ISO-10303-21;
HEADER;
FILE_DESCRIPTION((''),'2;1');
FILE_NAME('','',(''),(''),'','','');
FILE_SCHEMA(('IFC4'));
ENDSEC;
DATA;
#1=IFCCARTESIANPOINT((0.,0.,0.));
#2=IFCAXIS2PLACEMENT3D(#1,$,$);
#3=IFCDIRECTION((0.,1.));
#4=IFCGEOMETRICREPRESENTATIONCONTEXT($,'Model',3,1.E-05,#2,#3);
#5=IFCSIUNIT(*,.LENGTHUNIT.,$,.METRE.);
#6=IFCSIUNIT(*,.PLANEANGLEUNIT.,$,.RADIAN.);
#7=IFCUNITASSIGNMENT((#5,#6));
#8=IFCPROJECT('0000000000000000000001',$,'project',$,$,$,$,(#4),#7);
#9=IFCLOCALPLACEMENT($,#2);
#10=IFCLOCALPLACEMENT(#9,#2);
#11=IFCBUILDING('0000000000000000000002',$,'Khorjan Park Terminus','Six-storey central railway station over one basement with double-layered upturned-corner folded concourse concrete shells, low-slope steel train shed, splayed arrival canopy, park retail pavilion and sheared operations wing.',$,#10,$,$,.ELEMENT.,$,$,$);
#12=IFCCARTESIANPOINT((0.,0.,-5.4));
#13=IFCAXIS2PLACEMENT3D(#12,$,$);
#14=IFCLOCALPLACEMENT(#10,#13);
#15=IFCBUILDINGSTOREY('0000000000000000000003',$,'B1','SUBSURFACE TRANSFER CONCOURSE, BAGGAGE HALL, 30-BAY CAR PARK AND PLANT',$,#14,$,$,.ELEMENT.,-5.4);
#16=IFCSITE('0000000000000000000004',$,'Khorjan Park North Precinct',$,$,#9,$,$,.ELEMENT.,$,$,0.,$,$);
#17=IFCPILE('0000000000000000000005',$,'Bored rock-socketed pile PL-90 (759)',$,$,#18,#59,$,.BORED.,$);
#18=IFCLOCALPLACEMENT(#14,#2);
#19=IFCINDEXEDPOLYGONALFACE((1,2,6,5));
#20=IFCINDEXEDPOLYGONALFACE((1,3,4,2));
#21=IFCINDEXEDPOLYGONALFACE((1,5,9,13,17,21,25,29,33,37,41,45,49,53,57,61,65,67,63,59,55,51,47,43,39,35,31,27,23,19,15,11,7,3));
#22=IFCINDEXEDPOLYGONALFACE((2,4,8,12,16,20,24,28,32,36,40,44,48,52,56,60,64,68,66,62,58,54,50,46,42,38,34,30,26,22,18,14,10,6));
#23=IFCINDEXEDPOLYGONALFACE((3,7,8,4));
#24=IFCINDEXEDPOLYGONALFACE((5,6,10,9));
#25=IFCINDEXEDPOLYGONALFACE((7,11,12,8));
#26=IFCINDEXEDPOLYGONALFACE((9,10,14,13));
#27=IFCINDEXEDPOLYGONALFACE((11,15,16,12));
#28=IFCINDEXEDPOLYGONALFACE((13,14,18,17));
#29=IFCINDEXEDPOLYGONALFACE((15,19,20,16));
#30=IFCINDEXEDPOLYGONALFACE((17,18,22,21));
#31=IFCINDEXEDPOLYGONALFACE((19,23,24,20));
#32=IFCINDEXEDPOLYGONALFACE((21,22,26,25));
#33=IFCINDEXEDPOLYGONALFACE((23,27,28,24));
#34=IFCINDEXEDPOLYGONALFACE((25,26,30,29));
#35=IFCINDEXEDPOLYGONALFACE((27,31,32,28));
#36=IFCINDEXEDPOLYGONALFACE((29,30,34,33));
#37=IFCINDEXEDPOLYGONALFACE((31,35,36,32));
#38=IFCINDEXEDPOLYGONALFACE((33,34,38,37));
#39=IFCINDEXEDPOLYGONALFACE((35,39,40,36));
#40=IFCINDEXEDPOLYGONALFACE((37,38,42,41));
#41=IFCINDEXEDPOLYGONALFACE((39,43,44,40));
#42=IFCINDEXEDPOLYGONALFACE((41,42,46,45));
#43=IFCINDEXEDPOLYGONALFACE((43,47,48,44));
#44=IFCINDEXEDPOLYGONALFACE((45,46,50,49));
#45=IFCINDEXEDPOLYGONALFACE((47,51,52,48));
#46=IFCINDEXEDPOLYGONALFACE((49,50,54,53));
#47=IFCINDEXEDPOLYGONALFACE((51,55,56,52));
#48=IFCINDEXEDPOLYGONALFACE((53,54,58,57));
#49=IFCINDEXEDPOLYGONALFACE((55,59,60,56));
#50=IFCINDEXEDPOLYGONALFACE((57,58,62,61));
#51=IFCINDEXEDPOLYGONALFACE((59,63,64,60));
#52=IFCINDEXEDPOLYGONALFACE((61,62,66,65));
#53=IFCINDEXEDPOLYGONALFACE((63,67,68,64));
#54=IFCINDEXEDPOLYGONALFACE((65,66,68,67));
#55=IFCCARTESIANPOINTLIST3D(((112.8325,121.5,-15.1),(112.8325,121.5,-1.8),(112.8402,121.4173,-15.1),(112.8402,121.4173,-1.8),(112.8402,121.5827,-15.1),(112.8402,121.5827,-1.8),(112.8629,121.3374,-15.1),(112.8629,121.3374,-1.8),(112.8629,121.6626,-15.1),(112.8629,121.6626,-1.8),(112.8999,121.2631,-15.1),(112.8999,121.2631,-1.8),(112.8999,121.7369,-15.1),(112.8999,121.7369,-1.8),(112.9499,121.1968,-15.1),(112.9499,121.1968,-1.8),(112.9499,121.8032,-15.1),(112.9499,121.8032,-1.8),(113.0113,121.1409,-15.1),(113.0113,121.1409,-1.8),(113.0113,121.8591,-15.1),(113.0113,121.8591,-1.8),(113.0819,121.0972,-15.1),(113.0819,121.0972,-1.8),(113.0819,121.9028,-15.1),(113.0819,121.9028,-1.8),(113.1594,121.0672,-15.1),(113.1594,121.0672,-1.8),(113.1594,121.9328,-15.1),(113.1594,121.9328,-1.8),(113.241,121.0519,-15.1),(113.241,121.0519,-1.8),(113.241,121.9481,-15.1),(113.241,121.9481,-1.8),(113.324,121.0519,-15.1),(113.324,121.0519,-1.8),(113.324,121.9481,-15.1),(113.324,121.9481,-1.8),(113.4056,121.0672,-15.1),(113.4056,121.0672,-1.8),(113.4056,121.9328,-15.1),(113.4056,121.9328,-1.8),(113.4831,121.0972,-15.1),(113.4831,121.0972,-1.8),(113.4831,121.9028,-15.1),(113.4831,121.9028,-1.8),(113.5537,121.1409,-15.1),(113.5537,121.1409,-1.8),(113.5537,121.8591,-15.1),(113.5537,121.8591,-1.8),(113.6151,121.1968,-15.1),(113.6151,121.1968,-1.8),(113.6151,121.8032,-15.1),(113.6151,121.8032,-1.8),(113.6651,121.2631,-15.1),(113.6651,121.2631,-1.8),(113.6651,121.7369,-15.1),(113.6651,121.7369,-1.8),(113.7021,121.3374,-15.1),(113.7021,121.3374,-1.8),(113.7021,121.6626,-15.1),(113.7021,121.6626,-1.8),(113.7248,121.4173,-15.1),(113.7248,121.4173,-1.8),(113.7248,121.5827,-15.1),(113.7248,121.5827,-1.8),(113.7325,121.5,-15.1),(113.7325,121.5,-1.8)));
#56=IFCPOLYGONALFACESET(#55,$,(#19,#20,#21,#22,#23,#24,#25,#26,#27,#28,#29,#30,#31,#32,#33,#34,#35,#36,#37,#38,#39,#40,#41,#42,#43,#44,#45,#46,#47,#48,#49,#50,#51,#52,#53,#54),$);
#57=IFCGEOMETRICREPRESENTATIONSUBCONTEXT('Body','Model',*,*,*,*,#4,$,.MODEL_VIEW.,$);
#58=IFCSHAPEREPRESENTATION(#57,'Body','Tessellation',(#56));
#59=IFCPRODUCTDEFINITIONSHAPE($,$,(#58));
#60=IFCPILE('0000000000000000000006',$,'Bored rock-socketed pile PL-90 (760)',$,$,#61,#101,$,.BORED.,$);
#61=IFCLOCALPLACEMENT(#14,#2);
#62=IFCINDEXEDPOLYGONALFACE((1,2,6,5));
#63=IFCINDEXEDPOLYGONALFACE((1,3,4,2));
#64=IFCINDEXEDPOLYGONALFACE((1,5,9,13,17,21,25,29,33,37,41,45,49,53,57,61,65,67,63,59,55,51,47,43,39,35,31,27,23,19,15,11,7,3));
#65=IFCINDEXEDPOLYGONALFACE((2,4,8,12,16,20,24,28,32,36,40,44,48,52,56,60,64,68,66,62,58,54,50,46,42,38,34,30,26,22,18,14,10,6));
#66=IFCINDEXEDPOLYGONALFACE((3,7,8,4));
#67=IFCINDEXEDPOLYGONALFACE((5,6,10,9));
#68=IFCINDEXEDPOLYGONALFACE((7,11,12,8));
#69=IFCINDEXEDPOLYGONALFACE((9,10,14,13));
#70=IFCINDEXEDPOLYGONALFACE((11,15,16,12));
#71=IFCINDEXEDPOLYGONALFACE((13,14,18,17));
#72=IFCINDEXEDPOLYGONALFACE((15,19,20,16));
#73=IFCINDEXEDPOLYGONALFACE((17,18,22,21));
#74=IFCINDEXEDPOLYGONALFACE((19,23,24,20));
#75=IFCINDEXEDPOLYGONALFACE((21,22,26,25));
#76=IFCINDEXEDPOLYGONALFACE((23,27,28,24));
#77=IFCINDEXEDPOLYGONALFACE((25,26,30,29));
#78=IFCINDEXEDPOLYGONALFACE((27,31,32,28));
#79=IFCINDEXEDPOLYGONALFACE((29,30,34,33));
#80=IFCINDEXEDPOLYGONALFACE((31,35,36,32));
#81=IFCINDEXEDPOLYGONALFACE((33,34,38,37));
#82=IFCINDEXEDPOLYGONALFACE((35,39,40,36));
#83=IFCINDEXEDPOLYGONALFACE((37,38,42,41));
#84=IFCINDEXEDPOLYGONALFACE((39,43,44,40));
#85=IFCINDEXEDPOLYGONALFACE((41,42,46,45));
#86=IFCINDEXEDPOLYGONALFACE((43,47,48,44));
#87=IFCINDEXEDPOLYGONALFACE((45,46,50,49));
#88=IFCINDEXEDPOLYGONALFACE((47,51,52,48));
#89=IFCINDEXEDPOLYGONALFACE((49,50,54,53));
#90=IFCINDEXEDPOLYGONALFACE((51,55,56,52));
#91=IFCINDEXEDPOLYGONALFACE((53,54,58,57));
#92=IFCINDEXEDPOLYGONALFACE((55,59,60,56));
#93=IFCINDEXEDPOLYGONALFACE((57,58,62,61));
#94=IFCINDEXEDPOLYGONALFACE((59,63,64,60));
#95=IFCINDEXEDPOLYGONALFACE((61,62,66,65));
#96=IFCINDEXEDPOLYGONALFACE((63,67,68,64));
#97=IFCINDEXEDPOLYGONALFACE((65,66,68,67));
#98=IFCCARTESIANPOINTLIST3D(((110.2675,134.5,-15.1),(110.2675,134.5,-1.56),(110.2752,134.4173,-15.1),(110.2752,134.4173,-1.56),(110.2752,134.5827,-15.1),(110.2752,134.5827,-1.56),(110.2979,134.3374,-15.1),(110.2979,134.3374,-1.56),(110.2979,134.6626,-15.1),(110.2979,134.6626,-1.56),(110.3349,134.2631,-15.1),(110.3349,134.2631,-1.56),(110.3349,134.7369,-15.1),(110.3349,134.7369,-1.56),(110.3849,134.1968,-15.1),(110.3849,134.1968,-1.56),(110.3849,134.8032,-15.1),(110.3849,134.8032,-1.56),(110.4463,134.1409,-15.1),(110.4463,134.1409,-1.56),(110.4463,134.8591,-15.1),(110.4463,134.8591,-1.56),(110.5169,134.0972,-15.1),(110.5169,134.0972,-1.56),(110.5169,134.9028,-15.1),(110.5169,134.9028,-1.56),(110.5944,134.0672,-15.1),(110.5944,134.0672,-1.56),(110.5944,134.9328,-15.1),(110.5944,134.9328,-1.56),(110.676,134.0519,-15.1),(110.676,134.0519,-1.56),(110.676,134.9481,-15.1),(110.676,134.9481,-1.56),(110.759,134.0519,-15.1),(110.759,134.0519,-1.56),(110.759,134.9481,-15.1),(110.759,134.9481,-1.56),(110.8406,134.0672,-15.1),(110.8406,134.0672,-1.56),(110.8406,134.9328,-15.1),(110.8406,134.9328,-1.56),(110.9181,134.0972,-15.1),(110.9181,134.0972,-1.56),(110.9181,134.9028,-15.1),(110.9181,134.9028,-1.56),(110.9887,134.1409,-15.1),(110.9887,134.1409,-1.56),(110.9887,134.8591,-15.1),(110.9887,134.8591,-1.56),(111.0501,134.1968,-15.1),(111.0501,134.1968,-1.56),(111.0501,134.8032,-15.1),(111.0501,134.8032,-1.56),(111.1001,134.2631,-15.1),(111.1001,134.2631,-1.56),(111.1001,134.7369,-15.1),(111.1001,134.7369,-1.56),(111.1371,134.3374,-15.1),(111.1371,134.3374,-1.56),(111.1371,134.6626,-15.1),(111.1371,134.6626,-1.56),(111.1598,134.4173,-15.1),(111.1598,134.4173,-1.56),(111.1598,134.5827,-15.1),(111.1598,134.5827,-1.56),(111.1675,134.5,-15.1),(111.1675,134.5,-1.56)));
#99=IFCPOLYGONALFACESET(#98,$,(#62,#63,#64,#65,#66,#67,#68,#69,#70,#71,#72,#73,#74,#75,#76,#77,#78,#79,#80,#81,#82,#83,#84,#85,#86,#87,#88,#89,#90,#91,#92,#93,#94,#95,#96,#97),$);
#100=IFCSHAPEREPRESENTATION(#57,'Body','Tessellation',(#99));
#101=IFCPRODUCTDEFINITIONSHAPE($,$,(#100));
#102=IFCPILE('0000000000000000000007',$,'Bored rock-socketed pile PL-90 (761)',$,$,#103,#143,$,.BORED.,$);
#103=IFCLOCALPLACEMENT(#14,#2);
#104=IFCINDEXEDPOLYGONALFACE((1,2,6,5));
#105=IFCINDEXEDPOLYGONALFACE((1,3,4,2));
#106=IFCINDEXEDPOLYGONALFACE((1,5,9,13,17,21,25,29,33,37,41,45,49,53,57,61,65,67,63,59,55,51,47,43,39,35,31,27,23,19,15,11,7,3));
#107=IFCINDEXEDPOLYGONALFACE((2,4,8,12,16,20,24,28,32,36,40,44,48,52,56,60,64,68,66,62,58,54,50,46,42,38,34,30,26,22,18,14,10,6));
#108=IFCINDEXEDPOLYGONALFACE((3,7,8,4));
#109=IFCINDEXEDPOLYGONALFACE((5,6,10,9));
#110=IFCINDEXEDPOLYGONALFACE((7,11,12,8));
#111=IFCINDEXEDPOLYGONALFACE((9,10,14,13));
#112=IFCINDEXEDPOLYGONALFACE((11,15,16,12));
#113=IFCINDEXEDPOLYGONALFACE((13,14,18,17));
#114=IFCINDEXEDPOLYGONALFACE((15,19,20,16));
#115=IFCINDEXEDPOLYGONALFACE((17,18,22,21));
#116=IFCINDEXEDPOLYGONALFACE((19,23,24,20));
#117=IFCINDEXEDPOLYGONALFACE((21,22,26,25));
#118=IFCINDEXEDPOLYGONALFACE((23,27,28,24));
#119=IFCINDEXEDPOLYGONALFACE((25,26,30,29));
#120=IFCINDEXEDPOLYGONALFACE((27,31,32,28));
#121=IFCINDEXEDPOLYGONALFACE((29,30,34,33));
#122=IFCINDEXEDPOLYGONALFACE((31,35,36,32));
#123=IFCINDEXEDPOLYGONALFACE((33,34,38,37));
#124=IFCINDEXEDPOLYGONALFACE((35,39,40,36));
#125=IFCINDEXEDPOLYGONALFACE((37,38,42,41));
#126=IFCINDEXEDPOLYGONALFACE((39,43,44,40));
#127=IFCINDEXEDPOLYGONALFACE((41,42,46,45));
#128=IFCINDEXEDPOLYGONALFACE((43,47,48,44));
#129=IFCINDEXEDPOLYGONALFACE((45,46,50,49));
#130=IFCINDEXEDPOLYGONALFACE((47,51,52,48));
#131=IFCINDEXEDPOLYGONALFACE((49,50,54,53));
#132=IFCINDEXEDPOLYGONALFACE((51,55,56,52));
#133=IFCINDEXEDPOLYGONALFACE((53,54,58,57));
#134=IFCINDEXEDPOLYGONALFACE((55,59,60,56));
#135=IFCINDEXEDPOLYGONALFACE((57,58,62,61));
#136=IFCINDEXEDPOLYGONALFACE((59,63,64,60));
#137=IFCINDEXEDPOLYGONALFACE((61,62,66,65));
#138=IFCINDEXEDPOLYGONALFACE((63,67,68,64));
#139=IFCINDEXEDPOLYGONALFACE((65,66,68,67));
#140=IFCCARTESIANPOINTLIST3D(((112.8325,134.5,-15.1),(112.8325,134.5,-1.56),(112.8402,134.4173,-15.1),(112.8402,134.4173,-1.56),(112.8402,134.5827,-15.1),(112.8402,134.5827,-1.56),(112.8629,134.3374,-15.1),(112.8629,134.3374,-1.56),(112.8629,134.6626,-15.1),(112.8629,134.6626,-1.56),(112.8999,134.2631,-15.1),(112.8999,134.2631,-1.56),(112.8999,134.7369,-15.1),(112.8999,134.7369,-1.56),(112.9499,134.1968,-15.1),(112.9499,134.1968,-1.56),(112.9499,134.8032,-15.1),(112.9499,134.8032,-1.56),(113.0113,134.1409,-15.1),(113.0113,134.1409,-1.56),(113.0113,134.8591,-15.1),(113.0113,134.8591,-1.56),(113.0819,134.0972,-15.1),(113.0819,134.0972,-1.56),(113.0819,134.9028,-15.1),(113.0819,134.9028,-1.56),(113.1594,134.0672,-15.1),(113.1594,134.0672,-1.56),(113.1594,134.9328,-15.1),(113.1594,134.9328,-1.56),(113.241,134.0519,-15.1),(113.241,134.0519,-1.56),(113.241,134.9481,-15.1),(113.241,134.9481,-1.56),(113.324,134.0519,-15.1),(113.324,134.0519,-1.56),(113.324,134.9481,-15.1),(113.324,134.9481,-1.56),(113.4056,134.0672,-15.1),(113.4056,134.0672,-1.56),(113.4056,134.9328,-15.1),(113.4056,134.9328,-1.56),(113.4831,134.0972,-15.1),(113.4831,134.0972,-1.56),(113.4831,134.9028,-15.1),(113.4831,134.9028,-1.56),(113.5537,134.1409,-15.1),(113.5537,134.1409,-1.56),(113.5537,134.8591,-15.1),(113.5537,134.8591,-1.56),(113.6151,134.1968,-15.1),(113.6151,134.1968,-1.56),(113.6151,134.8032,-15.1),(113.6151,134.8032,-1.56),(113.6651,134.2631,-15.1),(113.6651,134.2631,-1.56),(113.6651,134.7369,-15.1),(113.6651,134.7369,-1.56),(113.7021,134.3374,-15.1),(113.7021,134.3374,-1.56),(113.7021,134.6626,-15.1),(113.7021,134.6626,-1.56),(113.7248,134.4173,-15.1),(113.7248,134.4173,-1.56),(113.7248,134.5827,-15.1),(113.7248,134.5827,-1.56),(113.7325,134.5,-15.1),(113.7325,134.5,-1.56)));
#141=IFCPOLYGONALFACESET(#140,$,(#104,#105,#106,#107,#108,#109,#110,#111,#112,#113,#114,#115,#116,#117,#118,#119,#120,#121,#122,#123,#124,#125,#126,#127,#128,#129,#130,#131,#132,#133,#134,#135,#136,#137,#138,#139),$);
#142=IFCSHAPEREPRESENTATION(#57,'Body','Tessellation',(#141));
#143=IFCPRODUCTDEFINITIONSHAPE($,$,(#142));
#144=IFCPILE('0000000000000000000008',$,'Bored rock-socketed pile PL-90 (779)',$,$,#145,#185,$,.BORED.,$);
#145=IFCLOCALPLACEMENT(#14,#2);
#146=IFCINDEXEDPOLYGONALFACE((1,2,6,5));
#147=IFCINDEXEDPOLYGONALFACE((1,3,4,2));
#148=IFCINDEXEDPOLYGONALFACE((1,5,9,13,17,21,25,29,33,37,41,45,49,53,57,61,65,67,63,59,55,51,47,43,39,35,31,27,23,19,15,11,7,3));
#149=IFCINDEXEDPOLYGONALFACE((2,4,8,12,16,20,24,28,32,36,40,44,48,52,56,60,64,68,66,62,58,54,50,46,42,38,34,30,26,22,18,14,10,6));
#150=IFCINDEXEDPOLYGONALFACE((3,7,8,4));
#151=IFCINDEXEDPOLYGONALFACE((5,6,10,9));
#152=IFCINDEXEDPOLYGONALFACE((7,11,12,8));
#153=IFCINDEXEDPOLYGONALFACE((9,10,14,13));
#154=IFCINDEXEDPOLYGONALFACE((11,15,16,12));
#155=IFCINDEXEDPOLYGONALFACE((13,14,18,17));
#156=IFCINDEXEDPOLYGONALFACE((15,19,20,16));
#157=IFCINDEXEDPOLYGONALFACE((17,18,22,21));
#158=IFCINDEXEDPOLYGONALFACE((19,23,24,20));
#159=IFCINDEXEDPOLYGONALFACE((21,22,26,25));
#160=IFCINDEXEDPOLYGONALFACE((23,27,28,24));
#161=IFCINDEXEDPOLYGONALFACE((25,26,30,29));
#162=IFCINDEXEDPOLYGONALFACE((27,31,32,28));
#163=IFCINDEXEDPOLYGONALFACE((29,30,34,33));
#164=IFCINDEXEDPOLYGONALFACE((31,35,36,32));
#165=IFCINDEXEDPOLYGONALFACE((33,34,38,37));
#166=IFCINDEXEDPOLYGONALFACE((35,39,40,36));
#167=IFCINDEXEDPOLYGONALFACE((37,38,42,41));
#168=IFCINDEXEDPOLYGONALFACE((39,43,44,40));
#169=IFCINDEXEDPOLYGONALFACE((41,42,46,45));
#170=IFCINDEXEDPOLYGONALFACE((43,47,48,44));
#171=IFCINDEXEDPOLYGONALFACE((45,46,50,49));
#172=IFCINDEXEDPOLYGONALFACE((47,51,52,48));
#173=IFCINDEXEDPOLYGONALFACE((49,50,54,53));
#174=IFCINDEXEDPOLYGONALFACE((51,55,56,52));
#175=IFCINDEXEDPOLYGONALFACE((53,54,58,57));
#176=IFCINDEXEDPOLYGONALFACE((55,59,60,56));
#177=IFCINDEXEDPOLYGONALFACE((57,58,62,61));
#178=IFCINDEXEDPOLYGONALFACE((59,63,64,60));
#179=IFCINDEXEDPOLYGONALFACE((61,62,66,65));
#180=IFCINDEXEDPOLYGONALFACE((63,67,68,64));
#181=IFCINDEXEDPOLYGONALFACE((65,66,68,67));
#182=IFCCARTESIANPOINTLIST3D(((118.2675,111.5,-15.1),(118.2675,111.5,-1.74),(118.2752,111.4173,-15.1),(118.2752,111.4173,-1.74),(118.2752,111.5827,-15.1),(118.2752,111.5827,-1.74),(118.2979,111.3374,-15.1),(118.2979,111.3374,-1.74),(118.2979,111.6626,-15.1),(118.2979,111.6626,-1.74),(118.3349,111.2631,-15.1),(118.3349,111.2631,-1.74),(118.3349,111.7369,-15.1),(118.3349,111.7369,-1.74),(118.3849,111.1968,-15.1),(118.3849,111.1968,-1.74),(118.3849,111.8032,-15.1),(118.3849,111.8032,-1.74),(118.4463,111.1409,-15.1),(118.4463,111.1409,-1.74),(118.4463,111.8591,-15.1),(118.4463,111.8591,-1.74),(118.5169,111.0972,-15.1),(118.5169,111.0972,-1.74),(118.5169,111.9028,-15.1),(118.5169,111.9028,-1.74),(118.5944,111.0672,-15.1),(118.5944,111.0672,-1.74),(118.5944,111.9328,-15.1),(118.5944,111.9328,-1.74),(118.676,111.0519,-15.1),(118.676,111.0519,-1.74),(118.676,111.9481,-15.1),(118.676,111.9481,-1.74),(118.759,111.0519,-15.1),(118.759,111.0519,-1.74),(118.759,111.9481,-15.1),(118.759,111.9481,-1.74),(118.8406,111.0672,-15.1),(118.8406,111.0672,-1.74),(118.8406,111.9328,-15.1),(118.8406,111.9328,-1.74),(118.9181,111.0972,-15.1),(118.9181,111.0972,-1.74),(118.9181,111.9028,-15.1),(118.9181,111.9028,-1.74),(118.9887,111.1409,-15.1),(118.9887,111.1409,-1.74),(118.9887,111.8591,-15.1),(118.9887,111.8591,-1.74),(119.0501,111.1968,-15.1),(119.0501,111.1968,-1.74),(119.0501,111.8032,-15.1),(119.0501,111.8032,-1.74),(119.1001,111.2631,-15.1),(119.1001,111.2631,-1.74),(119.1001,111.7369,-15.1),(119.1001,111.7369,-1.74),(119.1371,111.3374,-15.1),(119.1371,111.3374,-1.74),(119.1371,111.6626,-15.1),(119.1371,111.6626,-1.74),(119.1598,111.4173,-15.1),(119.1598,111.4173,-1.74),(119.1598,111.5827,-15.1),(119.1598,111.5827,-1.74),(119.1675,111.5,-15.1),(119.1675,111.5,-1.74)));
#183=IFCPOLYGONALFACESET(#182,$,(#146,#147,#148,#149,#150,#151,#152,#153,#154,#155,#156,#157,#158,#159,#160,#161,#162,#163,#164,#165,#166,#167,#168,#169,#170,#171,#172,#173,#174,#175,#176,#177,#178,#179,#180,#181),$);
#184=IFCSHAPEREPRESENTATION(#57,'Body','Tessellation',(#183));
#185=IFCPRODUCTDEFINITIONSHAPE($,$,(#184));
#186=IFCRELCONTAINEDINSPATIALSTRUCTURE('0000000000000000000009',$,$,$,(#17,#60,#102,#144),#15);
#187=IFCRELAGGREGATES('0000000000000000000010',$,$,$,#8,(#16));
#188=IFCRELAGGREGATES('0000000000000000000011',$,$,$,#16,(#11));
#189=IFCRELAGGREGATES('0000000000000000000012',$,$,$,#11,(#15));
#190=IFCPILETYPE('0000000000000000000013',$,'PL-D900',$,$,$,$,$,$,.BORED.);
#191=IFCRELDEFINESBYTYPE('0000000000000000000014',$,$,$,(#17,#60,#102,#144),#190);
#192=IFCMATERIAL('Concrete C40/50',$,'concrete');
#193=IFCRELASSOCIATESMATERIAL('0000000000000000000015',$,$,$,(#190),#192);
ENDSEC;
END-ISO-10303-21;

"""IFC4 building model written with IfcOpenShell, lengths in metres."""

from ifc_helpers import new_model, si_unit, direction, frame, origin, origin_2d, place, context, subcontext, project, spatial, circle, extrude, material, material_profile, profile_set, type_object, element, save


model = new_model("IFC4")

# Units and contexts
model_context = context("Model", 3, precision=1e-05, world=origin(), true_north=direction((0.0, 1.0)))
body_context = subcontext(model_context, "Body", "Model", "MODEL_VIEW")
ifc_project = project(units=[si_unit("LENGTHUNIT", "METRE"), si_unit("PLANEANGLEUNIT", "RADIAN")], contexts=[model_context])

# Site, building, storey
site_placement = place(None, origin())
site = spatial("IfcSite", under=ifc_project, at=site_placement, Name="Khorjan Park North Precinct", CompositionType="ELEMENT", RefElevation=0.0)
building_placement = place(site_placement, origin())
building = spatial("IfcBuilding", under=site, at=building_placement, Name="Khorjan Park Terminus", Description="Six-storey central railway station over one basement with double-layered upturned-corner folded concourse concrete shells, low-slope steel train shed, splayed arrival canopy, park retail pavilion and sheared operations wing.", CompositionType="ELEMENT")
storey_placement = place(building_placement, frame((0.0, 0.0, -5.4)))
storey = spatial("IfcBuildingStorey", under=building, at=storey_placement, Name="B1", Description="SUBSURFACE TRANSFER CONCOURSE, BAGGAGE HALL, 30-BAY CAR PARK AND PLANT", CompositionType="ELEMENT", Elevation=-5.4)

# Shared definitions
ifc_material_1 = material(Name="Concrete C40/50", Category="concrete")

# Piles
ifc_material_profile_1 = material_profile(ifc_material_1, circle(Radius=0.45, at=origin_2d()), Name="BORED D900")
ifc_profile_set_1 = profile_set([ifc_material_profile_1], Name="Concrete C40/50")
pile_type_1 = type_object("IfcPileType", Name="PL-D900", PredefinedType="BORED", material=ifc_profile_set_1)
for number, where, z_axis, x_axis, name in (
    (1, (113.2825, 121.5, -1.8), (0.0, 0.0, -1.0), (1.0, 0.0, 0.0), "Bored rock-socketed pile PL-90 (759)"),
):
    element("IfcPile", number, at=place(storey_placement, frame(where, z_axis=z_axis, x_axis=x_axis)), inside=storey, type_object=pile_type_1, Name=name, PredefinedType="BORED", context=body_context, shape_type="SweptSolid", body=[
        extrude(circle(Radius=0.45, at=origin_2d()), origin(), (0.0, 0.0, 1.0), 13.3),
    ])
for number, where, z_axis, x_axis, name in (
    (2, (110.7175, 134.5, -1.56), (0.0, 0.0, -1.0), (1.0, 0.0, 0.0), "Bored rock-socketed pile PL-90 (760)"),
    (3, (113.2825, 134.5, -1.56), (0.0, 0.0, -1.0), (1.0, 0.0, 0.0), "Bored rock-socketed pile PL-90 (761)"),
):
    element("IfcPile", number, at=place(storey_placement, frame(where, z_axis=z_axis, x_axis=x_axis)), inside=storey, type_object=pile_type_1, Name=name, PredefinedType="BORED", context=body_context, shape_type="SweptSolid", body=[
        extrude(circle(Radius=0.45, at=origin_2d()), origin(), (0.0, 0.0, 1.0), 13.54),
    ])
for number, where, z_axis, x_axis, name in (
    (4, (118.7175, 111.5, -1.74), (0.0, 0.0, -1.0), (1.0, 0.0, 0.0), "Bored rock-socketed pile PL-90 (779)"),
):
    element("IfcPile", number, at=place(storey_placement, frame(where, z_axis=z_axis, x_axis=x_axis)), inside=storey, type_object=pile_type_1, Name=name, PredefinedType="BORED", context=body_context, shape_type="SweptSolid", body=[
        extrude(circle(Radius=0.45, at=origin_2d()), origin(), (0.0, 0.0, 1.0), 13.36),
    ])

save(model, "model.ifc")
